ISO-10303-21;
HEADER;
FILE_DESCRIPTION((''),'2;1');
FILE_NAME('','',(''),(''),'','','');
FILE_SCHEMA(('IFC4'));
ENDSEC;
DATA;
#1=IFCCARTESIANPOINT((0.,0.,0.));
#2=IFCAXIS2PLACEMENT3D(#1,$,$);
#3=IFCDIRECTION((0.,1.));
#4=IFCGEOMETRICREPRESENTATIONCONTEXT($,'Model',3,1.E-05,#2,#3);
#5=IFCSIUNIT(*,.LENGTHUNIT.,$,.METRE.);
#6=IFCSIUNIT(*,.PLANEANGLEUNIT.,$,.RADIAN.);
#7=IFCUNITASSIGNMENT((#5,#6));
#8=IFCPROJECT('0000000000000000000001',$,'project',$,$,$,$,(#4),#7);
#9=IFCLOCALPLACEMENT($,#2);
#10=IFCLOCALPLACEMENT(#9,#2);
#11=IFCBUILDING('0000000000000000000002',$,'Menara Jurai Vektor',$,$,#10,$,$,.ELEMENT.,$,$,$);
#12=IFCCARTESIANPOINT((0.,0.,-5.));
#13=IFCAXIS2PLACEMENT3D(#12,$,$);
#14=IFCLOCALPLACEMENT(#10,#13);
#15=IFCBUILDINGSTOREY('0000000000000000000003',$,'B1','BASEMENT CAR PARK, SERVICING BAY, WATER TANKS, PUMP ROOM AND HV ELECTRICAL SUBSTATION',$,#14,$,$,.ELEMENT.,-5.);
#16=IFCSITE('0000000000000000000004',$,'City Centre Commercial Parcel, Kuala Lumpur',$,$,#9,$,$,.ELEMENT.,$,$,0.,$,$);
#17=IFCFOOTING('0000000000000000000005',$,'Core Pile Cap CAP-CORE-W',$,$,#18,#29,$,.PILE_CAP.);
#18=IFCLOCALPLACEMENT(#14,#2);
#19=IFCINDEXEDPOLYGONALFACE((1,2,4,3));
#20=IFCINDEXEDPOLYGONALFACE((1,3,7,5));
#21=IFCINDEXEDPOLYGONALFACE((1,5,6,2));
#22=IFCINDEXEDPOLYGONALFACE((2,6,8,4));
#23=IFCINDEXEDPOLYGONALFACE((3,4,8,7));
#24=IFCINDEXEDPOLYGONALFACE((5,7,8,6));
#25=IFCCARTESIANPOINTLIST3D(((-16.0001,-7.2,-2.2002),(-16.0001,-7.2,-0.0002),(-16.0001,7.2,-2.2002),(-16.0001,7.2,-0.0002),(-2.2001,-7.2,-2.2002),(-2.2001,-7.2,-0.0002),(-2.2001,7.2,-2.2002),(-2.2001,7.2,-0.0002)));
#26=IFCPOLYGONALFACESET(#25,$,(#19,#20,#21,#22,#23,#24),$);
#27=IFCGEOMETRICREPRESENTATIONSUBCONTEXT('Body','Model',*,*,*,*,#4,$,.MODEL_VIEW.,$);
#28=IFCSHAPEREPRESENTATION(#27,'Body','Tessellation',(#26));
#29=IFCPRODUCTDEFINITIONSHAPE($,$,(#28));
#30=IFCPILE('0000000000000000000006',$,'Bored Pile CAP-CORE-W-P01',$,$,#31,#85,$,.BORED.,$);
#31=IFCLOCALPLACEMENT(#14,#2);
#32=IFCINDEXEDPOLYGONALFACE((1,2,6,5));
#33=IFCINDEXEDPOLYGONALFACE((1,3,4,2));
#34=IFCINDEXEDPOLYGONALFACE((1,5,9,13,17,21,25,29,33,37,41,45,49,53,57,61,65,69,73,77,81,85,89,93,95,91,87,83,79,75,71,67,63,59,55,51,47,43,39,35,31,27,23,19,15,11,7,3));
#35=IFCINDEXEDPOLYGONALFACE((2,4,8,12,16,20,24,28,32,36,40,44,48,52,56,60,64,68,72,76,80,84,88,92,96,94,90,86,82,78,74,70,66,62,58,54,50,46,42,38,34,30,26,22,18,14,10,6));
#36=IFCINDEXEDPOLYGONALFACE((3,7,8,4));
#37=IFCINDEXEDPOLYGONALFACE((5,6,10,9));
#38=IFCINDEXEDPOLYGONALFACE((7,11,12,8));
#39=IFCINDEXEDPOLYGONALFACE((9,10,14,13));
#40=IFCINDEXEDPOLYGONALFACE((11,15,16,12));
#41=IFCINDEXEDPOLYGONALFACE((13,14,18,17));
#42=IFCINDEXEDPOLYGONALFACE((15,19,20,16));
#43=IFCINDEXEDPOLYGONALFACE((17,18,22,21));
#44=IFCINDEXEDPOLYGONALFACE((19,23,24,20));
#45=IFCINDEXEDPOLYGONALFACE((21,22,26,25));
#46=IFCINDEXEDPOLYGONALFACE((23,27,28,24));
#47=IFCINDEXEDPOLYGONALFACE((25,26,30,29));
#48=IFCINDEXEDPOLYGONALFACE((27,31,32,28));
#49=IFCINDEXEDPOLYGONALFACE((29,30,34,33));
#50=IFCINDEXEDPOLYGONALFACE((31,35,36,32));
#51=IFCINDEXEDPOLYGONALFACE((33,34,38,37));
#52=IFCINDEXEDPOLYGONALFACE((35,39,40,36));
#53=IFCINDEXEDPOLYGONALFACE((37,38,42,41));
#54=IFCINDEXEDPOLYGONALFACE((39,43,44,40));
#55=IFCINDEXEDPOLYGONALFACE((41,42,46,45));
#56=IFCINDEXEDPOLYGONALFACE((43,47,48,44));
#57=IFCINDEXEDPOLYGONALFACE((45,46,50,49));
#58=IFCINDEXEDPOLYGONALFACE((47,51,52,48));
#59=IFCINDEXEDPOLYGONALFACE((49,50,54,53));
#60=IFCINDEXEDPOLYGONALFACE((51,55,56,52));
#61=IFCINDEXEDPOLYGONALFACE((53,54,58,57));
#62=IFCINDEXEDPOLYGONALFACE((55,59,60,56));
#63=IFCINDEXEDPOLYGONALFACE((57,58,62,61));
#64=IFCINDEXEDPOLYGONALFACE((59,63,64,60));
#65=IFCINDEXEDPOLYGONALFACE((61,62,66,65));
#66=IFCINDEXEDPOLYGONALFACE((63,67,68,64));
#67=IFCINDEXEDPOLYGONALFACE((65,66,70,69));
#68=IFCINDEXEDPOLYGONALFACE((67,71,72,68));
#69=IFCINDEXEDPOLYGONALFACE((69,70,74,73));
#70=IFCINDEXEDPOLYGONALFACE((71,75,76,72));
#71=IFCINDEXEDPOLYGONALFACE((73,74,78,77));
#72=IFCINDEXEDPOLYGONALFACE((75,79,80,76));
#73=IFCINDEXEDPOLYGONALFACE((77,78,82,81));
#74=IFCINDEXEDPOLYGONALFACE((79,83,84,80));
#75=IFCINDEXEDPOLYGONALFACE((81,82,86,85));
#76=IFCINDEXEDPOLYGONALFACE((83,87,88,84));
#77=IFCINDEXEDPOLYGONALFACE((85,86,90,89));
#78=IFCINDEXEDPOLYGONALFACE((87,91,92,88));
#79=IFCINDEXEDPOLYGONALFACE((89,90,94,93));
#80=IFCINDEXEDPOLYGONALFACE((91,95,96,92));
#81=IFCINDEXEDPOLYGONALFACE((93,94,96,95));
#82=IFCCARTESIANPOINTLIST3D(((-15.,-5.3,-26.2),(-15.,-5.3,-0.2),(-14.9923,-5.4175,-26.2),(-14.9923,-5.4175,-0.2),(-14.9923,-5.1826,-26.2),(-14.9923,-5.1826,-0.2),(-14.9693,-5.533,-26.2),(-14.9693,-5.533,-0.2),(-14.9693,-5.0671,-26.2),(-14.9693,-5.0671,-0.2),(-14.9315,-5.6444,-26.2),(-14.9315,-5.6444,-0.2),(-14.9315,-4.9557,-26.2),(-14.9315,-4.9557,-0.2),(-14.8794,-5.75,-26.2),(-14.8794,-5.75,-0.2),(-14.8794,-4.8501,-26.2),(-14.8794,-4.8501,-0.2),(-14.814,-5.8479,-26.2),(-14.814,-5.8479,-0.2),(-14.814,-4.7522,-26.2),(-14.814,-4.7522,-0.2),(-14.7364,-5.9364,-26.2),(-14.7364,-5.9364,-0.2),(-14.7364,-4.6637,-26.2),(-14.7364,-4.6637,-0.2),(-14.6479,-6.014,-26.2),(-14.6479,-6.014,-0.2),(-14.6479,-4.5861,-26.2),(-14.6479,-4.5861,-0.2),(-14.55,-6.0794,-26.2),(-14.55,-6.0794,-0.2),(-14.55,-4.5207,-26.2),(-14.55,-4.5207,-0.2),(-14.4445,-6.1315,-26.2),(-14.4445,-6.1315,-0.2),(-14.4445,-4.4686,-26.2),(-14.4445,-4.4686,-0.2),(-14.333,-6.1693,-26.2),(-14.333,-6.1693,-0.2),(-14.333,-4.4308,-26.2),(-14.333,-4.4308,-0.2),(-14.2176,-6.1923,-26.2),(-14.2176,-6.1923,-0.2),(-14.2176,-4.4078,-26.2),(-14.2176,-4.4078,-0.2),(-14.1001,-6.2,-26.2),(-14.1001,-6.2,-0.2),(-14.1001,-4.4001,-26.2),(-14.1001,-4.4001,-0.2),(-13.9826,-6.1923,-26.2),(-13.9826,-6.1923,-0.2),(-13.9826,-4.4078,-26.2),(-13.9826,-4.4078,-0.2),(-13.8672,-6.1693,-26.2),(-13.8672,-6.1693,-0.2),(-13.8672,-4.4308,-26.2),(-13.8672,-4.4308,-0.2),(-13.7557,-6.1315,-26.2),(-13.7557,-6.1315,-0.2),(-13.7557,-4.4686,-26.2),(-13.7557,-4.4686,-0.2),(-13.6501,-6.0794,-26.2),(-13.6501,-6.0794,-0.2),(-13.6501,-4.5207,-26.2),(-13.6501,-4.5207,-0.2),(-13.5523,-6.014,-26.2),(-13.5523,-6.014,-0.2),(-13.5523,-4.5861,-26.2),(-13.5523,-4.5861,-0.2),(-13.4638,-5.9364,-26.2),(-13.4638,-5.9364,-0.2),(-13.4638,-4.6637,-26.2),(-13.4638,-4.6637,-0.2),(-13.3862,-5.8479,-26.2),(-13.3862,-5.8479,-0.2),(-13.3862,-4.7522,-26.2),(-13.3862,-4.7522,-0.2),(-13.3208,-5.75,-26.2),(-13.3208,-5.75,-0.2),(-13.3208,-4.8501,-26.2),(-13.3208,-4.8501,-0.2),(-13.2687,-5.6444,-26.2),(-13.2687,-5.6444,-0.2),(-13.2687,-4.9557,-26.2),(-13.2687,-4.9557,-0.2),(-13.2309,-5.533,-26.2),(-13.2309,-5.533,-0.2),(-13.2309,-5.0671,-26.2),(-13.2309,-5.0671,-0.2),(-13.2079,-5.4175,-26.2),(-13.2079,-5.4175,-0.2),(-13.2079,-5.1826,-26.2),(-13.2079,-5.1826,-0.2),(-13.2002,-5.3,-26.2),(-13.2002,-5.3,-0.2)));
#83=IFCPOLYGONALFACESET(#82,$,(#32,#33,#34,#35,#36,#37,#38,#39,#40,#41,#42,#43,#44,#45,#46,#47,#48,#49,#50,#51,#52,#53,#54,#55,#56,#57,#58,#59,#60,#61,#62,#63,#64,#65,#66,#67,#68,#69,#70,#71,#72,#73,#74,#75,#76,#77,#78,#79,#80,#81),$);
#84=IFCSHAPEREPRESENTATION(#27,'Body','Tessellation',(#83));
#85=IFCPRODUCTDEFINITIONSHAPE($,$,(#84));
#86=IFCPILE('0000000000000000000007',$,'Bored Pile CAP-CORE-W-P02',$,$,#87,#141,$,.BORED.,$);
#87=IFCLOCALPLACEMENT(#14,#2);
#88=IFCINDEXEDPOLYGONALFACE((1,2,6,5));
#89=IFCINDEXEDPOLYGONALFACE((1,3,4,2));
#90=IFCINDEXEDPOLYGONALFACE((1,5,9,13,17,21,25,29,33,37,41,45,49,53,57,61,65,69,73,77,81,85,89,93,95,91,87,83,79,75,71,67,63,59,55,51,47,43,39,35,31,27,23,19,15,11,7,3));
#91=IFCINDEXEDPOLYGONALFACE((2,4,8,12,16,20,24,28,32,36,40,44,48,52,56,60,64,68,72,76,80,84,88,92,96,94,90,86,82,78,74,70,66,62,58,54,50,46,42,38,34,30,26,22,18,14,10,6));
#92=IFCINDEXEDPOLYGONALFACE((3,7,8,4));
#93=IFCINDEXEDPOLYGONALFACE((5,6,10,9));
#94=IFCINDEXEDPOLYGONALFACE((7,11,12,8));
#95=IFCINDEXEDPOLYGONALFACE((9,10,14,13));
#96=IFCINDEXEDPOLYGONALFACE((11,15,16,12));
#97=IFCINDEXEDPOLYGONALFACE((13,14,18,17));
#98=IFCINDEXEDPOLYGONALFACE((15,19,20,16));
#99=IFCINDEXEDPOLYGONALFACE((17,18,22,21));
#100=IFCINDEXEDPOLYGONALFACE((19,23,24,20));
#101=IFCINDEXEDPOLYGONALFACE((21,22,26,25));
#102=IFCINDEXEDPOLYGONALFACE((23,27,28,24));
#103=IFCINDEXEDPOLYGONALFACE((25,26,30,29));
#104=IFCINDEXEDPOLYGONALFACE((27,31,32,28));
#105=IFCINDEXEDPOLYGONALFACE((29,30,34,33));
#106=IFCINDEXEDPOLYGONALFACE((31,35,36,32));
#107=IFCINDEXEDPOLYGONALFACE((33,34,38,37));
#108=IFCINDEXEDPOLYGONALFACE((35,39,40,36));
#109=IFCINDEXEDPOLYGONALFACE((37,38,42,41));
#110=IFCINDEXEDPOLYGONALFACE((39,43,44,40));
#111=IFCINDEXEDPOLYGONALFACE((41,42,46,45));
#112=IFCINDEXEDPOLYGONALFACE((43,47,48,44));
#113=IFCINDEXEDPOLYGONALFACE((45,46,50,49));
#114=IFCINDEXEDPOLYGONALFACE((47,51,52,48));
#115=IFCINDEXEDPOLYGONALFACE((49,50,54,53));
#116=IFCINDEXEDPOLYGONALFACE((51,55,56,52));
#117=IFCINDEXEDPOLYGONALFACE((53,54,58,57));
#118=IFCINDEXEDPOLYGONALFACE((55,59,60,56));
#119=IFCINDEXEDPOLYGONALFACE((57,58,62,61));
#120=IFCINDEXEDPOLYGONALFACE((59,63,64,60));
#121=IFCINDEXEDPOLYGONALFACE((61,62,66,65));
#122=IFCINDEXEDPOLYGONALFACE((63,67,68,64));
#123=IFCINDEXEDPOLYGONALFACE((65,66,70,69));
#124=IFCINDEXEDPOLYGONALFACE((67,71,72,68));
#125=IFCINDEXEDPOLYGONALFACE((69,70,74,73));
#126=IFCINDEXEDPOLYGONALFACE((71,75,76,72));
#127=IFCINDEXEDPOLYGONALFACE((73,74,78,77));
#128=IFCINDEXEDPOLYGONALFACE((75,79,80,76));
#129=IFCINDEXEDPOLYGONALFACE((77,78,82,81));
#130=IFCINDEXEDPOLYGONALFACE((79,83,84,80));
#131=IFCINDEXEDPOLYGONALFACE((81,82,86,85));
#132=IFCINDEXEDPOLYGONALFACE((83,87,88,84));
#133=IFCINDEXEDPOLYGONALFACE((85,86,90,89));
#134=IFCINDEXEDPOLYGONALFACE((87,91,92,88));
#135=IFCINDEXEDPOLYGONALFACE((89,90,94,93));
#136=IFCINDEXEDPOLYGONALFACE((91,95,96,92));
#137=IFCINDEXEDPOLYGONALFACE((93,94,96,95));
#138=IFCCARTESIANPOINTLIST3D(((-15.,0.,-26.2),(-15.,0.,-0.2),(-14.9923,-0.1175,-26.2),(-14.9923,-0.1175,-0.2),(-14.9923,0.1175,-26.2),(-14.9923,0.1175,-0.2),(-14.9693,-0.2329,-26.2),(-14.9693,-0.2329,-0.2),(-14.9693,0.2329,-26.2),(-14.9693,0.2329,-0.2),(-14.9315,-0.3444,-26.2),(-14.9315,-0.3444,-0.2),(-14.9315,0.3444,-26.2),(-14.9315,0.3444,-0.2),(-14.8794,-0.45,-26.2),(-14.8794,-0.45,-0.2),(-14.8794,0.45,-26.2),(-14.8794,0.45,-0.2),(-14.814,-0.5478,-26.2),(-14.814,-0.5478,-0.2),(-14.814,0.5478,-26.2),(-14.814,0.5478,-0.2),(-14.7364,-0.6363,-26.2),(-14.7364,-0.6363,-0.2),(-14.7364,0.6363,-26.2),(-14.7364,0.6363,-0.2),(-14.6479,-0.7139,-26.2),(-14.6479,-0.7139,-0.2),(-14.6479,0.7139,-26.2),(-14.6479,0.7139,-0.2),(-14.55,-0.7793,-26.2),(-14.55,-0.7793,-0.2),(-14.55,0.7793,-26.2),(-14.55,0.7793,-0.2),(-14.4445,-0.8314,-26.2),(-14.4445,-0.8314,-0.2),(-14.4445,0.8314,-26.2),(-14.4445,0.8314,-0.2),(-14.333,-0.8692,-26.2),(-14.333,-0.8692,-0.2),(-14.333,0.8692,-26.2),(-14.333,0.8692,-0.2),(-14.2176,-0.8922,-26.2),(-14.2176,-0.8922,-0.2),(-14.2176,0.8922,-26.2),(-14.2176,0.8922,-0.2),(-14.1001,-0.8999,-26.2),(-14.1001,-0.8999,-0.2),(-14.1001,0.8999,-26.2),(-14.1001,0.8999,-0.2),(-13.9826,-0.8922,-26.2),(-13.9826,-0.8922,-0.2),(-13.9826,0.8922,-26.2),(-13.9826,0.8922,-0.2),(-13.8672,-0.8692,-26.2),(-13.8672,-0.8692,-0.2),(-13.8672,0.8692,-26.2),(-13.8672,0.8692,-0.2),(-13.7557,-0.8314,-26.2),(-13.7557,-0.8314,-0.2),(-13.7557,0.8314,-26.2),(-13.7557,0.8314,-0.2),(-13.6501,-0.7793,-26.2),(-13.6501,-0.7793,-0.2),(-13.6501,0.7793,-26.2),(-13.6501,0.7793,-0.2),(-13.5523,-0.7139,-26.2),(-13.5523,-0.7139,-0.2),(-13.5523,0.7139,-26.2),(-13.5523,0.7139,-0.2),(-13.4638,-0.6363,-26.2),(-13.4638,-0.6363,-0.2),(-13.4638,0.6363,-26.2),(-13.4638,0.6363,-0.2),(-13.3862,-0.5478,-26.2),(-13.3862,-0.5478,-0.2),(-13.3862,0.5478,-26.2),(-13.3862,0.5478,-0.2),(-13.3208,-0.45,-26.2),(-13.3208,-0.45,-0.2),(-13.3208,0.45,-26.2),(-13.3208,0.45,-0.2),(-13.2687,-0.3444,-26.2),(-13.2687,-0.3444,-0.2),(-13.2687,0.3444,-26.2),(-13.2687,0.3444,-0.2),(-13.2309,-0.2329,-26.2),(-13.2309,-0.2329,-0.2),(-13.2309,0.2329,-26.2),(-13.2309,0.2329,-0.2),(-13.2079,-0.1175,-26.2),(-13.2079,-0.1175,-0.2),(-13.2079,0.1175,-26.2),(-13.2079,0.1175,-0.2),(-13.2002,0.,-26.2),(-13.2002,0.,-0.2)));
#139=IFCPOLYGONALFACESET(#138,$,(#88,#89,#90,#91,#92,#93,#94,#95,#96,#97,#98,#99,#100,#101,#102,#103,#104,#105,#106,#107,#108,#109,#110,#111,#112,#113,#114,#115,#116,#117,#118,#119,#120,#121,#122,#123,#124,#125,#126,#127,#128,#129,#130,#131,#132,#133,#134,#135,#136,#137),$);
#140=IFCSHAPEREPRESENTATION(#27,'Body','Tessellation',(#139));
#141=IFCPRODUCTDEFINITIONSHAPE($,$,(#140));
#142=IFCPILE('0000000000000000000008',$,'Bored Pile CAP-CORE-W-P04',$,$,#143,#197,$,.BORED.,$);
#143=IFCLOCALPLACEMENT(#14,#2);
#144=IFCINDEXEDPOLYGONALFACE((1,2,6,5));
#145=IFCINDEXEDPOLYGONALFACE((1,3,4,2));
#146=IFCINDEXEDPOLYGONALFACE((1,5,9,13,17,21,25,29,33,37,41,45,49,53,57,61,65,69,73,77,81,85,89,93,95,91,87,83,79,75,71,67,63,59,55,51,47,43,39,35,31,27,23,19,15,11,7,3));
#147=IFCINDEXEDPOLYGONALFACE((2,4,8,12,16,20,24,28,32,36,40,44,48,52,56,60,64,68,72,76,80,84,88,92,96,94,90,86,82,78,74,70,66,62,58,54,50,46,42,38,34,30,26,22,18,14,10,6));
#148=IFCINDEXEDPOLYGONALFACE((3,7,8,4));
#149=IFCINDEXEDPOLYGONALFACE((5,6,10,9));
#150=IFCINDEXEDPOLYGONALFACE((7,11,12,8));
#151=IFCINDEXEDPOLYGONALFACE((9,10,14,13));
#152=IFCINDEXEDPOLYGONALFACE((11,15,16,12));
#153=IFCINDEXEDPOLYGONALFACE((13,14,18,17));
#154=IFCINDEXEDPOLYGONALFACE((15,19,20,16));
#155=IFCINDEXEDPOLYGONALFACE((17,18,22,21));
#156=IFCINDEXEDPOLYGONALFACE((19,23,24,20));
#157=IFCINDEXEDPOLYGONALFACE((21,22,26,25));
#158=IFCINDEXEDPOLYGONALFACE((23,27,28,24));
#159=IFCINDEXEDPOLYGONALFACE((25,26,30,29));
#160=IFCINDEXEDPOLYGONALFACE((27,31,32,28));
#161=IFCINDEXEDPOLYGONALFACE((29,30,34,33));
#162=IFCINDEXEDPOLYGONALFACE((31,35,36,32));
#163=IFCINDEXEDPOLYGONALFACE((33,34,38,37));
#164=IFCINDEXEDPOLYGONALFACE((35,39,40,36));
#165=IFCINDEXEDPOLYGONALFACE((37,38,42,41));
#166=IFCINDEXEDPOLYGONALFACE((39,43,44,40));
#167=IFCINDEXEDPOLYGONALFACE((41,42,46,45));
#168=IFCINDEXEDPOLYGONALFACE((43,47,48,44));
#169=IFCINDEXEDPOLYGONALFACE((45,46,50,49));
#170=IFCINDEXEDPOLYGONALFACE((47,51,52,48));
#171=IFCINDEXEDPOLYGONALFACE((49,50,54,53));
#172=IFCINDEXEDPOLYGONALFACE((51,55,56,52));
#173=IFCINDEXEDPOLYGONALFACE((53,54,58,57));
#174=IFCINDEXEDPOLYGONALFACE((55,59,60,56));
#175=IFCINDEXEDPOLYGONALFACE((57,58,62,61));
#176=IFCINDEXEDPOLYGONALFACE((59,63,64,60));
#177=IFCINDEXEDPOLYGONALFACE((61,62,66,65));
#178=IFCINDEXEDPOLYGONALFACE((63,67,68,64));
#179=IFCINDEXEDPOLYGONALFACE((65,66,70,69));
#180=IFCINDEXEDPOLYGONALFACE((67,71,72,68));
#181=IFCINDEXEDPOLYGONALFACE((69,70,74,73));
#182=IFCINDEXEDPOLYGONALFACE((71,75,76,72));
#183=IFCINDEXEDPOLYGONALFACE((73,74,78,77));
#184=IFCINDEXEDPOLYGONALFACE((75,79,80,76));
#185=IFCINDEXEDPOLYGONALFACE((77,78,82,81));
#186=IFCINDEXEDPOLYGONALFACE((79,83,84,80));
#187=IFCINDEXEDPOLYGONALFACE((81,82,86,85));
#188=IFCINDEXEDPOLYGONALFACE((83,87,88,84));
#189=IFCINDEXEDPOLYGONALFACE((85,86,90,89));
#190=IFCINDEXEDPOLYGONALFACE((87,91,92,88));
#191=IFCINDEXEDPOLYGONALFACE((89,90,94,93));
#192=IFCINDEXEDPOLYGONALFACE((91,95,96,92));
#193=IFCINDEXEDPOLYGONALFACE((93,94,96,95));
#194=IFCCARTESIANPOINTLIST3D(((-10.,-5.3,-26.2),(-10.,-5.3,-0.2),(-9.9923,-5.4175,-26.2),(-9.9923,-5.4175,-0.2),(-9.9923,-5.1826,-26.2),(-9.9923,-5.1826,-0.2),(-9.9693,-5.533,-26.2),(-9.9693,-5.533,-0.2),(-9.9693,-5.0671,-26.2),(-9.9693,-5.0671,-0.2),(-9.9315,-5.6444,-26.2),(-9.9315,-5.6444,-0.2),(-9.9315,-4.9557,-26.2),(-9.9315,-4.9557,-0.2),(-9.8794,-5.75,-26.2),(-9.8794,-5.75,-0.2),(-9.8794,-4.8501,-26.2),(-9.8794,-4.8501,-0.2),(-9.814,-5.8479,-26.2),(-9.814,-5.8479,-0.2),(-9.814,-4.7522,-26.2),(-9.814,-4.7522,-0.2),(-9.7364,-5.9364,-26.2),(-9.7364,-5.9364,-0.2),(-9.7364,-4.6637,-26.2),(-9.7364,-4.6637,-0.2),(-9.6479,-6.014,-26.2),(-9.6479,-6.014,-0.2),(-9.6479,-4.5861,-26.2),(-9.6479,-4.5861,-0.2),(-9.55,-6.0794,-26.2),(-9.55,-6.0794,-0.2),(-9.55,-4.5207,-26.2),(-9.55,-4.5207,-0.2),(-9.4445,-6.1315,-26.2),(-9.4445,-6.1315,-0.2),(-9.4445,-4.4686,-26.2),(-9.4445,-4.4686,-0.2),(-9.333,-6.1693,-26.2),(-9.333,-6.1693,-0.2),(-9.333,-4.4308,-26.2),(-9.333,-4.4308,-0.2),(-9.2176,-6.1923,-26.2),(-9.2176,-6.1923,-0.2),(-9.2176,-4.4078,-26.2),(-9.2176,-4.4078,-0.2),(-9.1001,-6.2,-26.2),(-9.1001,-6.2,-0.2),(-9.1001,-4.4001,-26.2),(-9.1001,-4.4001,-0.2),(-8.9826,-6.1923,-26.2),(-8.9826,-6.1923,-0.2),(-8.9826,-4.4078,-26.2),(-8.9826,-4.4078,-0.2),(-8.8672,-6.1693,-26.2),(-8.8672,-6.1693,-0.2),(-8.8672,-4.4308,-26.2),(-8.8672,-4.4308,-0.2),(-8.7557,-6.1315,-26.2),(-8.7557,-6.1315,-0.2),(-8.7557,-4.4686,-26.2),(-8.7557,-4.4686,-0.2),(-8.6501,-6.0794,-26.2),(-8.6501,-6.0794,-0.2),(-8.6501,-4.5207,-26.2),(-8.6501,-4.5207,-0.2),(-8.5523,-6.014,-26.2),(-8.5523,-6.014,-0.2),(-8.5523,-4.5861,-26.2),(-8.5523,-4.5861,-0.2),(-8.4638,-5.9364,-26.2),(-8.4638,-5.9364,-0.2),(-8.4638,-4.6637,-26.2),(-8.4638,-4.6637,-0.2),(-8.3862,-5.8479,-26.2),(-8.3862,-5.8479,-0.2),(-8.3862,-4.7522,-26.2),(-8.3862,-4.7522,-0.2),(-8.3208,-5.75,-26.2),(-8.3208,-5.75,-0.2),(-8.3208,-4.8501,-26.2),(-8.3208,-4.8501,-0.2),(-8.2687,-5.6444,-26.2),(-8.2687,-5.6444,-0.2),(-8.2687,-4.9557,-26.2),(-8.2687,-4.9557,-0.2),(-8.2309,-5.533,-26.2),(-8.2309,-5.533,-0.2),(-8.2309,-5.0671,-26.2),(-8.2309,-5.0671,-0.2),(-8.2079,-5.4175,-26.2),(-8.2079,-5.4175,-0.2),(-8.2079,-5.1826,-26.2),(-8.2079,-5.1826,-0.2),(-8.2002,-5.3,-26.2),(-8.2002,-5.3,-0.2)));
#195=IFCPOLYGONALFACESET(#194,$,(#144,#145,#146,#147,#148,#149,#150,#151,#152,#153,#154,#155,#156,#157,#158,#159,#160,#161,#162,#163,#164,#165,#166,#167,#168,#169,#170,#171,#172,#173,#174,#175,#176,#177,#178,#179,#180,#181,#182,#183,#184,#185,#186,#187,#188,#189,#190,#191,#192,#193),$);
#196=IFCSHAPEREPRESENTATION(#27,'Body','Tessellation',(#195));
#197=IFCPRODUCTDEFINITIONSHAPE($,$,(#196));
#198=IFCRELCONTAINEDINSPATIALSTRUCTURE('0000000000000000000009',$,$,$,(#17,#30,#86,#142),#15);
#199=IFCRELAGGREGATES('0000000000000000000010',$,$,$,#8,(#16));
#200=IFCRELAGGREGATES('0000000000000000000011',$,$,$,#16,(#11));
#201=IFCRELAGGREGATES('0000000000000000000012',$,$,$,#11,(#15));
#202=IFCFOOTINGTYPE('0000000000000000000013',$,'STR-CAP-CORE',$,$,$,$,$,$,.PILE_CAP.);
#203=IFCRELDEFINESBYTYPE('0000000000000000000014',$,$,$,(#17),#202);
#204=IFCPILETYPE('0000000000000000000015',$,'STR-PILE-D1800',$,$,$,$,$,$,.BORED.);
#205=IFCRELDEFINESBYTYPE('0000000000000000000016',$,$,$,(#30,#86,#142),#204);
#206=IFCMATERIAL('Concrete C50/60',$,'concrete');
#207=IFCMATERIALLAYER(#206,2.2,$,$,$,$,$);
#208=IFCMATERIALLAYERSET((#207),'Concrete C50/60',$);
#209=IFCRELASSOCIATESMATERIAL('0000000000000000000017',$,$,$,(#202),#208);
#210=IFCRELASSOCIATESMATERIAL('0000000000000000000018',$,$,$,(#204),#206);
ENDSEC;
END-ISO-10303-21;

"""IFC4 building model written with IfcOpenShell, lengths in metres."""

from ifc_helpers import new_model, si_unit, direction, frame, origin, origin_2d, place, context, subcontext, project, spatial, rectangle, circle, extrude, material, layer, layer_set, material_profile, profile_set, type_object, element, save


model = new_model("IFC4")

# Units and contexts
model_context = context("Model", 3, precision=1e-05, world=origin(), true_north=direction((0.0, 1.0)))
body_context = subcontext(model_context, "Body", "Model", "MODEL_VIEW")
ifc_project = project(units=[si_unit("LENGTHUNIT", "METRE"), si_unit("PLANEANGLEUNIT", "RADIAN")], contexts=[model_context])

# Site, building, storey
site_placement = place(None, origin())
site = spatial("IfcSite", under=ifc_project, at=site_placement, Name="City Centre Commercial Parcel, Kuala Lumpur", CompositionType="ELEMENT", RefElevation=0.0)
building_placement = place(site_placement, origin())
building = spatial("IfcBuilding", under=site, at=building_placement, Name="Menara Jurai Vektor", CompositionType="ELEMENT")
storey_placement = place(building_placement, frame((0.0, 0.0, -5.0)))
storey = spatial("IfcBuildingStorey", under=building, at=storey_placement, Name="B1", Description="BASEMENT CAR PARK, SERVICING BAY, WATER TANKS, PUMP ROOM AND HV ELECTRICAL SUBSTATION", CompositionType="ELEMENT", Elevation=-5.0)

# Footing
ifc_material_1 = material(Name="Concrete C50/60", Category="concrete")
ifc_layer_1 = layer(ifc_material_1, 2.2)
ifc_layer_set_1 = layer_set([ifc_layer_1], Name="Concrete C50/60")
footing_type = type_object("IfcFootingType", Name="STR-CAP-CORE", PredefinedType="PILE_CAP", material=ifc_layer_set_1)
footing_placement = place(storey_placement, frame((-9.1001, 0.0, -2.2002), z_axis=(0.0, 0.0, 1.0), x_axis=(1.0, 0.0, 0.0)))
element("IfcFooting", 1, at=footing_placement, inside=storey, type_object=footing_type, Name="Core Pile Cap CAP-CORE-W", PredefinedType="PILE_CAP", context=body_context, shape_type="SweptSolid", body=[
    extrude(rectangle(XDim=13.8, YDim=14.3999, at=origin_2d()), origin(), (0.0, 0.0, 1.0), 2.2),
])

# Piles
ifc_material_profile = material_profile(ifc_material_1, circle(Radius=0.8999, at=origin_2d()), Name="PILE D1800")
ifc_profile_set = profile_set([ifc_material_profile], Name="Concrete C50/60")
pile_type = type_object("IfcPileType", Name="STR-PILE-D1800", PredefinedType="BORED", material=ifc_profile_set)
for number, where, z_axis, x_axis, name in (
    (2, (-14.1001, -5.3, -0.2), (0.0, 0.0, -1.0), (1.0, 0.0, 0.0), "Bored Pile CAP-CORE-W-P01"),
    (3, (-14.1001, 0.0, -0.2), (0.0, 0.0, -1.0), (1.0, 0.0, 0.0), "Bored Pile CAP-CORE-W-P02"),
    (4, (-9.1001, -5.3, -0.2), (0.0, 0.0, -1.0), (1.0, 0.0, 0.0), "Bored Pile CAP-CORE-W-P04"),
):
    element("IfcPile", number, at=place(storey_placement, frame(where, z_axis=z_axis, x_axis=x_axis)), inside=storey, type_object=pile_type, Name=name, PredefinedType="BORED", context=body_context, shape_type="SweptSolid", body=[
        extrude(circle(Radius=0.8999, at=origin_2d()), origin(), (0.0, 0.0, 1.0), 26.0),
    ])

save(model, "model.ifc")
